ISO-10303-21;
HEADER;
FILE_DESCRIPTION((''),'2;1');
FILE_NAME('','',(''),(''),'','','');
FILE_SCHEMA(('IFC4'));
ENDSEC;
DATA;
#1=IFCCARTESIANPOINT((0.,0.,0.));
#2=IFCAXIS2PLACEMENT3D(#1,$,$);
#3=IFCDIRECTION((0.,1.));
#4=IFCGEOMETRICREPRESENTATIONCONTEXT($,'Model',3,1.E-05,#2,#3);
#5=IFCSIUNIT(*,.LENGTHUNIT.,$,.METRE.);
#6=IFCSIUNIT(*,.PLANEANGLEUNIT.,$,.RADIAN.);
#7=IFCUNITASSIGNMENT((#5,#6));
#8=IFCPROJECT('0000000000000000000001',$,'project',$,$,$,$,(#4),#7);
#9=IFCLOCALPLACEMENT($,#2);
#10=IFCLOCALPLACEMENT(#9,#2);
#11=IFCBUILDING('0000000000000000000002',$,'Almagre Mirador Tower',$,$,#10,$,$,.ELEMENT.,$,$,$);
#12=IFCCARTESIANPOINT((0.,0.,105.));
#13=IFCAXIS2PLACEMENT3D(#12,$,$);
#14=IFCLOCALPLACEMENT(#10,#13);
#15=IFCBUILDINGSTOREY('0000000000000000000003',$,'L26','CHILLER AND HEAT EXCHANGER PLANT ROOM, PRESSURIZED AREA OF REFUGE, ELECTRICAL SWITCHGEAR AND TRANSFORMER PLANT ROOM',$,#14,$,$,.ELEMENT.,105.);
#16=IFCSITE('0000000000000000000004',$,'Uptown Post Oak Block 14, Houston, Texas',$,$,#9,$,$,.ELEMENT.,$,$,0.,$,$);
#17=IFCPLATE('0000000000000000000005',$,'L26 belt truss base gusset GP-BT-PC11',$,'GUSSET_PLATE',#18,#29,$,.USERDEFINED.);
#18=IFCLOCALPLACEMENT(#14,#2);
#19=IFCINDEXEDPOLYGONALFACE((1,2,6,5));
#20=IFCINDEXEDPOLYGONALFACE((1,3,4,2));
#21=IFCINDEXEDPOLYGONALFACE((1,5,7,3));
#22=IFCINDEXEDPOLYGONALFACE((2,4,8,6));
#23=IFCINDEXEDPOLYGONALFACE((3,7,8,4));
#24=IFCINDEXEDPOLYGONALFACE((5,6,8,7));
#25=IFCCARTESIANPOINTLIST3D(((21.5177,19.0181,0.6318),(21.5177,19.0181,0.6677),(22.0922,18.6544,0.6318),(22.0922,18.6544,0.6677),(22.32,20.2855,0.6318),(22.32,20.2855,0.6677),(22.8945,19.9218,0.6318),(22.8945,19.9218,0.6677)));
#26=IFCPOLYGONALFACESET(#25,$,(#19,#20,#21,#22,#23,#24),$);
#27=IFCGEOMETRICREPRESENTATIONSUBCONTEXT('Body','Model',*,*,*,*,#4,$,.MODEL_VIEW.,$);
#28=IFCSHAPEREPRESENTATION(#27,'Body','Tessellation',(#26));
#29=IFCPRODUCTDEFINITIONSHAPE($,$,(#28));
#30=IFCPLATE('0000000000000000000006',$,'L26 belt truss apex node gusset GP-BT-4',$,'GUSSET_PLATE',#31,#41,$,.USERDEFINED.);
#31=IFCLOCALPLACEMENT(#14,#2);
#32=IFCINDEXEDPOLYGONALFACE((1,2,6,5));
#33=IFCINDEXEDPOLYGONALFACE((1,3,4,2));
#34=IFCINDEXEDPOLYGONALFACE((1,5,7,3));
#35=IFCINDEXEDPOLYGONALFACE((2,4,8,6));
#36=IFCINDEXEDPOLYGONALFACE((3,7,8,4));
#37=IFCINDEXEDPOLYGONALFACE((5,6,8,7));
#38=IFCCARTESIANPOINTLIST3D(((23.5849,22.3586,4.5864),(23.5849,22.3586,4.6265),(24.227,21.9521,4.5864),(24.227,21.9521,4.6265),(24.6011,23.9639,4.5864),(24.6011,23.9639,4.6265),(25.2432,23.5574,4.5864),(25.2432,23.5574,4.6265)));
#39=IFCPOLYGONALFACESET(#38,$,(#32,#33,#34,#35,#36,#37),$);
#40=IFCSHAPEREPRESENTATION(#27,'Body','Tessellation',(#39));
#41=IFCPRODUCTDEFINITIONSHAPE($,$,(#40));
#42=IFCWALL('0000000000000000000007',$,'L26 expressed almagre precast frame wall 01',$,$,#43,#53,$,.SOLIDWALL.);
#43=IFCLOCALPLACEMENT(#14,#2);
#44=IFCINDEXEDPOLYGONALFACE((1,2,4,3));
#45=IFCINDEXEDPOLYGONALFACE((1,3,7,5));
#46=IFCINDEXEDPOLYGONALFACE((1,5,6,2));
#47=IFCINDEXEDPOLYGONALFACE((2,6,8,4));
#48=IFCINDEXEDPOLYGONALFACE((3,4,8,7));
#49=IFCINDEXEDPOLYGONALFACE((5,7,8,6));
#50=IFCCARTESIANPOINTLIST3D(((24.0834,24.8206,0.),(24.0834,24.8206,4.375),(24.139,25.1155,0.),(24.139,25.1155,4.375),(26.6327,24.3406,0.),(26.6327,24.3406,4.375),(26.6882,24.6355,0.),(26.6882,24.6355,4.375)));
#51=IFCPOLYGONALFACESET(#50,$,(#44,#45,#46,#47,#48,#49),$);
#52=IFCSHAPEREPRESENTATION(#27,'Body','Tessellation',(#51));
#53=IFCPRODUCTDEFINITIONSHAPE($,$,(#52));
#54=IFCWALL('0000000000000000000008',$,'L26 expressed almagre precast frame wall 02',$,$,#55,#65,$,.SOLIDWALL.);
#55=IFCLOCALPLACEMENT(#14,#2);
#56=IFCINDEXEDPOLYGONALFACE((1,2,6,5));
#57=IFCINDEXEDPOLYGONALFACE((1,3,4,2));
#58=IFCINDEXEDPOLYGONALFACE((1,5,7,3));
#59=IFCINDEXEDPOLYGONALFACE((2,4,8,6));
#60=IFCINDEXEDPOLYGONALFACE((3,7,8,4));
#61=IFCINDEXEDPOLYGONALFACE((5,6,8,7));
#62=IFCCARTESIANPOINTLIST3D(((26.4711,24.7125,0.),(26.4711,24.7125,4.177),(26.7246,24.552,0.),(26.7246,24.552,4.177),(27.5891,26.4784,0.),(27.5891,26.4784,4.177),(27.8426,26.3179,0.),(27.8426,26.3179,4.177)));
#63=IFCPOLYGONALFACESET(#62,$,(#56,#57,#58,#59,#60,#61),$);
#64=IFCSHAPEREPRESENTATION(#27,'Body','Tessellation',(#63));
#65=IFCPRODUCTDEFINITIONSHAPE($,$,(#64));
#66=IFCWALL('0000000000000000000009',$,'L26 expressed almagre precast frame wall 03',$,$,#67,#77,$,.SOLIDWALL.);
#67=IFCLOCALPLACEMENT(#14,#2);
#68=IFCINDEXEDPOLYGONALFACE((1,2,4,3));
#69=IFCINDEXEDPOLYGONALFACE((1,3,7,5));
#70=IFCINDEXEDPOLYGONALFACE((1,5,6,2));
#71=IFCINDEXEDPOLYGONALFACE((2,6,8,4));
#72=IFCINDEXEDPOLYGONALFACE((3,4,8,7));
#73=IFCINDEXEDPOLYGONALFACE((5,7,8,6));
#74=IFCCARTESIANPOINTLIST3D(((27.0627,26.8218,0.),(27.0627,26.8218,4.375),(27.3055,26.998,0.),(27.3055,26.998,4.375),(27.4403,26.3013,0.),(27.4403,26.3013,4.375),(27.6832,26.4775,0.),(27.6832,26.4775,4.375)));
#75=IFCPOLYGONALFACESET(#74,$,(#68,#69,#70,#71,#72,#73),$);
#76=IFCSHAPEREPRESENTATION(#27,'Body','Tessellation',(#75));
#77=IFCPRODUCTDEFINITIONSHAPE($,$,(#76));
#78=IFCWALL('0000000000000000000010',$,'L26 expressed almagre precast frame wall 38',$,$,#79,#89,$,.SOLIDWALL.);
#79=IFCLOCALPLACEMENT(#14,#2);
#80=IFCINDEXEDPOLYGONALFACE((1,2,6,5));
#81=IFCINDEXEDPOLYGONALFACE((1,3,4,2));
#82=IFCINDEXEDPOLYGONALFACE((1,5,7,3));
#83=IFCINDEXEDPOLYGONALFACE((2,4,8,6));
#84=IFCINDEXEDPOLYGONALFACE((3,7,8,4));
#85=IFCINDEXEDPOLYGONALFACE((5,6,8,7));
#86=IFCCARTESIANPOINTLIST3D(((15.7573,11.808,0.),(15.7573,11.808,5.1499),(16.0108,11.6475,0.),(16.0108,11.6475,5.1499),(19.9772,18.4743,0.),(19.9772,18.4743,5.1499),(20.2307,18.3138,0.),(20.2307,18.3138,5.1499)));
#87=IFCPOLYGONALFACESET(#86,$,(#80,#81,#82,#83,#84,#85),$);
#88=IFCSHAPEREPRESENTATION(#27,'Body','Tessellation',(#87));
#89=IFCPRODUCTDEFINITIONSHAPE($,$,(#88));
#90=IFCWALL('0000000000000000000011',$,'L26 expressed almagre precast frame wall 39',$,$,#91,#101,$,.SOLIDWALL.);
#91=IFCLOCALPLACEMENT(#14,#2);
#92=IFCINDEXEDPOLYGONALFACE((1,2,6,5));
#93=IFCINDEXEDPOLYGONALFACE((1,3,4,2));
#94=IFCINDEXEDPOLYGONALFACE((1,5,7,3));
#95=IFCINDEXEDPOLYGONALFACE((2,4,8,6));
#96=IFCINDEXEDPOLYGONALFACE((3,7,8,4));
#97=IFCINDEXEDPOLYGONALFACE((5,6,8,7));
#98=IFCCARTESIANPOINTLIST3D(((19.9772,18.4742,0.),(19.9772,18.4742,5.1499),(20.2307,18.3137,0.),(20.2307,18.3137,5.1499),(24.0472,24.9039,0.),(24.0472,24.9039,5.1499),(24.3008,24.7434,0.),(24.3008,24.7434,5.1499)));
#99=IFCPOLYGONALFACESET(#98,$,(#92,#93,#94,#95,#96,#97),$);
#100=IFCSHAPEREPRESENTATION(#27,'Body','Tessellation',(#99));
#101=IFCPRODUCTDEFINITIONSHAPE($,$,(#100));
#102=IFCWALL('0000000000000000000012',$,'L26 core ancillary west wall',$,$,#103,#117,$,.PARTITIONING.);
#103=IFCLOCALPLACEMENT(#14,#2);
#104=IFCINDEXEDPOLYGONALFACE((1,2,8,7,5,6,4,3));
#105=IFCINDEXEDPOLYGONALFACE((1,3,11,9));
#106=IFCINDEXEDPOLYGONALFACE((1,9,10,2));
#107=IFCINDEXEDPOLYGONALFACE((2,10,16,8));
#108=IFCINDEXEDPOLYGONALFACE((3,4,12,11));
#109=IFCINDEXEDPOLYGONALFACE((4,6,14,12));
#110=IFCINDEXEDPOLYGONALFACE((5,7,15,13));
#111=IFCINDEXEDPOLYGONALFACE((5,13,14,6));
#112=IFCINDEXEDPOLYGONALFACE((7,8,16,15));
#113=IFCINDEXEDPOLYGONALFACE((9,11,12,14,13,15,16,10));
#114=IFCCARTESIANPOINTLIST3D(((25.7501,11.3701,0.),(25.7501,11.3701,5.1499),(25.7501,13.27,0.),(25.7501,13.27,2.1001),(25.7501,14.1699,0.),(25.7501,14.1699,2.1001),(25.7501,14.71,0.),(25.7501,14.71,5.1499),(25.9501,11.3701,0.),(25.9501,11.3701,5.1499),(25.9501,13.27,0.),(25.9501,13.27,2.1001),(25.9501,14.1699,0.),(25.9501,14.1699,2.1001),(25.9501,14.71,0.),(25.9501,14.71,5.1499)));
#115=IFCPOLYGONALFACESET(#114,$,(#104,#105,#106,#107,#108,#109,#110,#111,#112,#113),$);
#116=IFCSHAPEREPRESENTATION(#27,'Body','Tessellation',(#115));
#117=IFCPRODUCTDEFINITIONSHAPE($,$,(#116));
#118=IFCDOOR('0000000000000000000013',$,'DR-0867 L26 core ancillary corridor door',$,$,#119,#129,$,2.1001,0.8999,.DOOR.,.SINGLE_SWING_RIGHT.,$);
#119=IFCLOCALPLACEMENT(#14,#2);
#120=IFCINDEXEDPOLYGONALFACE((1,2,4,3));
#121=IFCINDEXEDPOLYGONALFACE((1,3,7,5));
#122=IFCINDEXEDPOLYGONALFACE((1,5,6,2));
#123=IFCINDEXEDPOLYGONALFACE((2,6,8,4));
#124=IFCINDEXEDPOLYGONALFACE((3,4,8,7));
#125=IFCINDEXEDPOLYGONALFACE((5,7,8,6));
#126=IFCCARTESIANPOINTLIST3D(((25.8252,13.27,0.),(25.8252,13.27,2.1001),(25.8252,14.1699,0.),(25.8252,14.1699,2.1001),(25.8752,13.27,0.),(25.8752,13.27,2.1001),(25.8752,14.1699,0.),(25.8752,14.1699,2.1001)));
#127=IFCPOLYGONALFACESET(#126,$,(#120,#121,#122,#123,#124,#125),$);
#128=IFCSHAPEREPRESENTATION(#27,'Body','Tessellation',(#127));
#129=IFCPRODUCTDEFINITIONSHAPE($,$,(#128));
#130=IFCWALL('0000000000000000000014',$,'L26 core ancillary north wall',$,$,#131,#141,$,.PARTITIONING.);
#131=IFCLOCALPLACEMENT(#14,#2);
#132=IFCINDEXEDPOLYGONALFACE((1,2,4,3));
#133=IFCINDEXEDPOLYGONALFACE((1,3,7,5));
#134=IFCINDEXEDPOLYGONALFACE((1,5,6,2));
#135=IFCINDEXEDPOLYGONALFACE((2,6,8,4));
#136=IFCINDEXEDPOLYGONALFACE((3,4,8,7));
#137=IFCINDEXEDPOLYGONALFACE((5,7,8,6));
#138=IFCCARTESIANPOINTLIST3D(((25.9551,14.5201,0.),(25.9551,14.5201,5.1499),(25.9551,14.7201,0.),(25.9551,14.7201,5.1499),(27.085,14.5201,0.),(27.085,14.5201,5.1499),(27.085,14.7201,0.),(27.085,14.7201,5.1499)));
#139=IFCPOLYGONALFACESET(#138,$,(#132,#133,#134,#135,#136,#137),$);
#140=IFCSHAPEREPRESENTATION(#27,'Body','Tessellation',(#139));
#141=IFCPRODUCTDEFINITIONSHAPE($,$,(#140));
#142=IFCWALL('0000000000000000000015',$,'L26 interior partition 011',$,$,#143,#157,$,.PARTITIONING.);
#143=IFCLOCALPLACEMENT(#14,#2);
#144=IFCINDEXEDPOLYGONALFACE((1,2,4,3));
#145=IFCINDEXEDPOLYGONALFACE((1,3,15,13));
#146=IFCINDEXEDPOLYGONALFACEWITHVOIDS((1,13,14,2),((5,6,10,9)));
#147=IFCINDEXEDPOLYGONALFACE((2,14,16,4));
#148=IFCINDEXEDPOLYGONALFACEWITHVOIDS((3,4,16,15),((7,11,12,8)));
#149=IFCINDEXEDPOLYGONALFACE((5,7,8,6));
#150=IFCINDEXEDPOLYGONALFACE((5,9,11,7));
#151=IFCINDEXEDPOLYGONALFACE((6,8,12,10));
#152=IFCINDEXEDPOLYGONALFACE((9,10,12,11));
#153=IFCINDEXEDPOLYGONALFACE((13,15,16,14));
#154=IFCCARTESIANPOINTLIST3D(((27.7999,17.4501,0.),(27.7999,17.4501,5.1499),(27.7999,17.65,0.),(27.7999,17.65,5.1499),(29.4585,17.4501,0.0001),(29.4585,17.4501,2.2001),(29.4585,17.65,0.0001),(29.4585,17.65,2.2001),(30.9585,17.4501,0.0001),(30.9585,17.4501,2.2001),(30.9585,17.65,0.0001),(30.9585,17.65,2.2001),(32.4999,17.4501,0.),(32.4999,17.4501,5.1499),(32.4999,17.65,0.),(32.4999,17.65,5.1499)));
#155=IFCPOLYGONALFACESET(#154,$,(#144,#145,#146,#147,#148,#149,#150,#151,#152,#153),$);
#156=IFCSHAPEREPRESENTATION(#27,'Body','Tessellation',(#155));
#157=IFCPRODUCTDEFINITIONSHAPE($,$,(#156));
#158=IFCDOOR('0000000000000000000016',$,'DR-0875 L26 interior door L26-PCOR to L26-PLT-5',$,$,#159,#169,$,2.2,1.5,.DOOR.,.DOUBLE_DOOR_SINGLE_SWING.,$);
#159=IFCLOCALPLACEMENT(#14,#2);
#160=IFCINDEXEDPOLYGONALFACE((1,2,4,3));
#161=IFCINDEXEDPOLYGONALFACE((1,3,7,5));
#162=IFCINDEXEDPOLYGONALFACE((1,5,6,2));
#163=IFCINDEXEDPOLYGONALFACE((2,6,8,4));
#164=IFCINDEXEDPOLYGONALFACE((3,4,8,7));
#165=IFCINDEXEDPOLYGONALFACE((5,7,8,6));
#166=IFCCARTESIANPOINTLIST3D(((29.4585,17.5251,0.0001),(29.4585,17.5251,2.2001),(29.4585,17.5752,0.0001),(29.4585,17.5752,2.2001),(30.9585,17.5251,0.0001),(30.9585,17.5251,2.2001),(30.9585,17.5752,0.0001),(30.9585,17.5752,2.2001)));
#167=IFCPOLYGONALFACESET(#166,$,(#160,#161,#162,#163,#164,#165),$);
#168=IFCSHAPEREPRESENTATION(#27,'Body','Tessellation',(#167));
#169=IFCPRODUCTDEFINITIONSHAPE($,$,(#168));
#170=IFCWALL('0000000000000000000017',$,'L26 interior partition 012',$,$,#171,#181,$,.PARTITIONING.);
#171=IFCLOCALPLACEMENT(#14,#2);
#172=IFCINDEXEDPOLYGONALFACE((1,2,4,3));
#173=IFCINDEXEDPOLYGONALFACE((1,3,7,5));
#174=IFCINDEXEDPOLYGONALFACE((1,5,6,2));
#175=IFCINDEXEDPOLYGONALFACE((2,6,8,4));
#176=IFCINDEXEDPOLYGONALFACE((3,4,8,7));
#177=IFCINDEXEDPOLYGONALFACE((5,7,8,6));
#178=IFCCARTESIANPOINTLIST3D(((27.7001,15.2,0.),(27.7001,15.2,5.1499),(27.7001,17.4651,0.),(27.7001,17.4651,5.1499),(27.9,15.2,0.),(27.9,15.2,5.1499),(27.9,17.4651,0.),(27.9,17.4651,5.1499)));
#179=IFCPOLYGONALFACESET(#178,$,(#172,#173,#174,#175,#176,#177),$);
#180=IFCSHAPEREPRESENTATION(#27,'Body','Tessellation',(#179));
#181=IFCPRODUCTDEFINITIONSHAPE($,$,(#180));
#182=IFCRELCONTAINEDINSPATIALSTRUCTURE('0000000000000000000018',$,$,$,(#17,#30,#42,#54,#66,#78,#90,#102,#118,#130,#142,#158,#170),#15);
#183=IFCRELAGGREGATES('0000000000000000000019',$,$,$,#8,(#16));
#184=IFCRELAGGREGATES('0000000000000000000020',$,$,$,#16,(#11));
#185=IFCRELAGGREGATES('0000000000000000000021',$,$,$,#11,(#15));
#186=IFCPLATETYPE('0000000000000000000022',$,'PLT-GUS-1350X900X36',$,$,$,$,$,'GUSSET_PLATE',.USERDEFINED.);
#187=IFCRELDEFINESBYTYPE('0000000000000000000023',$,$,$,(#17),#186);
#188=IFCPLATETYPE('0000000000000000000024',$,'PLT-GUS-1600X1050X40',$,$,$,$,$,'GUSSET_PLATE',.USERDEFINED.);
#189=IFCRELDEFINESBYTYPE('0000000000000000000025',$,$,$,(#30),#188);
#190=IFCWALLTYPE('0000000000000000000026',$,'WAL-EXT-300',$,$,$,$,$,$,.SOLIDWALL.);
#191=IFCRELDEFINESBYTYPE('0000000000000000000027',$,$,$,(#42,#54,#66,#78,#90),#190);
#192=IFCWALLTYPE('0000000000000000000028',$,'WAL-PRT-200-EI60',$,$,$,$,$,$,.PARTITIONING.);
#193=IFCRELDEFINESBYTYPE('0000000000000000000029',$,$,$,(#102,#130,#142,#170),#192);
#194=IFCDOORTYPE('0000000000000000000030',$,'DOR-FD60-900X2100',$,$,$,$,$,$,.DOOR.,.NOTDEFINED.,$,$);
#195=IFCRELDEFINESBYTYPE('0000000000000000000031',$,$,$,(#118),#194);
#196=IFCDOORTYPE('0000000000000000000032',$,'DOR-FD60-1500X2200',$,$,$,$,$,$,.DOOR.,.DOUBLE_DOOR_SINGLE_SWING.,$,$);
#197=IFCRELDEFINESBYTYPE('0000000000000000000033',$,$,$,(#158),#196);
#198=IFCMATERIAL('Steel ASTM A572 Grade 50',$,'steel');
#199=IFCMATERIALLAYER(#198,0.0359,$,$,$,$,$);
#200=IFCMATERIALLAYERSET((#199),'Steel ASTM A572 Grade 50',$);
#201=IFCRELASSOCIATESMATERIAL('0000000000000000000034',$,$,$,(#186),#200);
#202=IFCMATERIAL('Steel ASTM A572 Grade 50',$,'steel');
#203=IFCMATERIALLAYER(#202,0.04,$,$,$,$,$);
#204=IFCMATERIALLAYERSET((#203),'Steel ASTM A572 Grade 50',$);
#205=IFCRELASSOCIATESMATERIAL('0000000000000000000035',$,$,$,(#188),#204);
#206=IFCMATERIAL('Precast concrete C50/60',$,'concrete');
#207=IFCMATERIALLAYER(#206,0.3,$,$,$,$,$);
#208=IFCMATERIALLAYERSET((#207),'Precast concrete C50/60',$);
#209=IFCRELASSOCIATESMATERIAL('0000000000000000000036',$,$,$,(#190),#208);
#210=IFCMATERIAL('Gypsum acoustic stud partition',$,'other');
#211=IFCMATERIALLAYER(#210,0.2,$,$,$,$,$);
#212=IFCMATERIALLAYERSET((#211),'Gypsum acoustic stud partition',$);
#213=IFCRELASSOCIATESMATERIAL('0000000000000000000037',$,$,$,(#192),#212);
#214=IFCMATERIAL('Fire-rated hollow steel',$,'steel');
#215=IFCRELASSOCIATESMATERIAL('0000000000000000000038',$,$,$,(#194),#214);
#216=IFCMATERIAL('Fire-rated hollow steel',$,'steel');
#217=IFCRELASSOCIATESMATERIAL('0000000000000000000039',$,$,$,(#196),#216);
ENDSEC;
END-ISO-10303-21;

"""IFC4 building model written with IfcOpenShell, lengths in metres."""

from ifc_helpers import new_model, si_unit, direction, frame, frame_2d, origin, origin_2d, place, context, subcontext, project, spatial, rectangle, extrude, material, layer, layer_set, type_object, element, fill, save


model = new_model("IFC4")

# Units and contexts
model_context = context("Model", 3, precision=1e-05, world=origin(), true_north=direction((0.0, 1.0)))
body_context = subcontext(model_context, "Body", "Model", "MODEL_VIEW")
ifc_project = project(units=[si_unit("LENGTHUNIT", "METRE"), si_unit("PLANEANGLEUNIT", "RADIAN")], contexts=[model_context])

# Site, building, storey
site_placement = place(None, origin())
site = spatial("IfcSite", under=ifc_project, at=site_placement, Name="Uptown Post Oak Block 14, Houston, Texas", CompositionType="ELEMENT", RefElevation=0.0)
building_placement = place(site_placement, origin())
building = spatial("IfcBuilding", under=site, at=building_placement, Name="Almagre Mirador Tower", CompositionType="ELEMENT")
storey_placement = place(building_placement, frame((0.0, 0.0, 105.0)))
storey = spatial("IfcBuildingStorey", under=building, at=storey_placement, Name="L26", Description="CHILLER AND HEAT EXCHANGER PLANT ROOM, PRESSURIZED AREA OF REFUGE, ELECTRICAL SWITCHGEAR AND TRANSFORMER PLANT ROOM", CompositionType="ELEMENT", Elevation=105.0)

# Plates
ifc_material_1 = material(Name="Steel ASTM A572 Grade 50", Category="steel")
ifc_layer_1 = layer(ifc_material_1, 0.0359)
ifc_layer_set_1 = layer_set([ifc_layer_1], Name="Steel ASTM A572 Grade 50")
plate_type_1 = type_object("IfcPlateType", Name="PLT-GUS-1350X900X36", ElementType="GUSSET_PLATE", PredefinedType="USERDEFINED", material=ifc_layer_set_1)
plate_1_placement = place(storey_placement, frame((22.2061, 19.47, 0.6318), z_axis=(0.0, 0.0, 1.0), x_axis=(-0.534869, -0.844935, 0.0)))
element("IfcPlate", 1, at=plate_1_placement, inside=storey, type_object=plate_type_1, Name="L26 belt truss base gusset GP-BT-PC11", ObjectType="GUSSET_PLATE", PredefinedType="USERDEFINED", context=body_context, shape_type="SweptSolid", body=[
    extrude(rectangle(XDim=1.5, YDim=0.6799, at=origin_2d()), origin(), (0.0, 0.0, 1.0), 0.0359),
])
ifc_material_2 = material(Name="Steel ASTM A572 Grade 50", Category="steel")
ifc_layer_2 = layer(ifc_material_2, 0.04)
ifc_layer_set_2 = layer_set([ifc_layer_2], Name="Steel ASTM A572 Grade 50")
plate_type_2 = type_object("IfcPlateType", Name="PLT-GUS-1600X1050X40", ElementType="GUSSET_PLATE", PredefinedType="USERDEFINED", material=ifc_layer_set_2)
plate_2_placement = place(storey_placement, frame((24.4141, 22.958, 4.5864), z_axis=(0.0, 0.0, 1.0), x_axis=(-0.534869, -0.844935, 0.0)))
element("IfcPlate", 2, at=plate_2_placement, inside=storey, type_object=plate_type_2, Name="L26 belt truss apex node gusset GP-BT-4", ObjectType="GUSSET_PLATE", PredefinedType="USERDEFINED", context=body_context, shape_type="SweptSolid", body=[
    extrude(rectangle(XDim=1.8999, YDim=0.76, at=origin_2d()), origin(), (0.0, 0.0, 1.0), 0.04),
])

# Walls
ifc_material_3 = material(Name="Precast concrete C50/60", Category="concrete")
ifc_layer_3 = layer(ifc_material_3, 0.3)
ifc_layer_set_3 = layer_set([ifc_layer_3], Name="Precast concrete C50/60")
wall_type_1 = type_object("IfcWallType", Name="WAL-EXT-300", PredefinedType="SOLIDWALL", material=ifc_layer_set_3)
wall_1_placement = place(storey_placement, frame((24.1113, 24.968, 0.0), z_axis=(0.0, 0.0, 1.0), x_axis=(0.982733, -0.185027, 0.0)))
element("IfcWall", 3, at=wall_1_placement, inside=storey, type_object=wall_type_1, Name="L26 expressed almagre precast frame wall 01", PredefinedType="SOLIDWALL", context=body_context, shape_type="SweptSolid", body=[
    extrude(rectangle(XDim=2.594, YDim=0.3, at=frame_2d((1.2969, 0.0))), origin(), (0.0, 0.0, 1.0), 4.375),
])
wall_2_placement = place(storey_placement, frame((26.5979, 24.6323, 0.0), z_axis=(0.0, 0.0, 1.0), x_axis=(0.534894, 0.844919, 0.0)))
element("IfcWall", 4, at=wall_2_placement, inside=storey, type_object=wall_type_1, Name="L26 expressed almagre precast frame wall 02", PredefinedType="SOLIDWALL", context=body_context, shape_type="SweptSolid", body=[
    extrude(rectangle(XDim=2.0901, YDim=0.3, at=frame_2d((1.0449, 0.0))), origin(), (0.0, 0.0, 1.0), 4.177),
])
wall_3_placement = place(storey_placement, frame((27.5618, 26.3894, 0.0), z_axis=(0.0, 0.0, 1.0), x_axis=(-0.587291, 0.809376, 0.0)))
element("IfcWall", 5, at=wall_3_placement, inside=storey, type_object=wall_type_1, Name="L26 expressed almagre precast frame wall 03", PredefinedType="SOLIDWALL", context=body_context, shape_type="SweptSolid", body=[
    extrude(rectangle(XDim=0.6431, YDim=0.3, at=frame_2d((0.3215, 0.0))), origin(), (0.0, 0.0, 1.0), 4.375),
])
wall_4_placement = place(storey_placement, frame((15.884, 11.7278, 0.0), z_axis=(0.0, 0.0, 1.0), x_axis=(0.534872, 0.844933, 0.0)))
element("IfcWall", 6, at=wall_4_placement, inside=storey, type_object=wall_type_1, Name="L26 expressed almagre precast frame wall 38", PredefinedType="SOLIDWALL", context=body_context, shape_type="SweptSolid", body=[
    extrude(rectangle(XDim=7.8896, YDim=0.3, at=frame_2d((3.9448, 0.0))), origin(), (0.0, 0.0, 1.0), 5.1499),
])
wall_5_placement = place(storey_placement, frame((20.104, 18.394, 0.0), z_axis=(0.0, 0.0, 1.0), x_axis=(0.534858, 0.844942, 0.0)))
element("IfcWall", 7, at=wall_5_placement, inside=storey, type_object=wall_type_1, Name="L26 expressed almagre precast frame wall 39", PredefinedType="SOLIDWALL", context=body_context, shape_type="SweptSolid", body=[
    extrude(rectangle(XDim=7.6096, YDim=0.3, at=frame_2d((3.8047, 0.0))), origin(), (0.0, 0.0, 1.0), 5.1499),
])

# Wall, opening, door
ifc_material_4 = material(Name="Gypsum acoustic stud partition", Category="other")
ifc_layer_4 = layer(ifc_material_4, 0.2)
ifc_layer_set_4 = layer_set([ifc_layer_4], Name="Gypsum acoustic stud partition")
wall_type_2 = type_object("IfcWallType", Name="WAL-PRT-200-EI60", PredefinedType="PARTITIONING", material=ifc_layer_set_4)
wall_6_placement = place(storey_placement, frame((25.8501, 11.3701, 0.0), z_axis=(0.0, 0.0, 1.0), x_axis=(0.0, 1.0, 0.0)))
wall_6 = element("IfcWall", 8, at=wall_6_placement, inside=storey, type_object=wall_type_2, Name="L26 core ancillary west wall", PredefinedType="PARTITIONING", context=body_context, shape_type="SweptSolid", body=[
    extrude(rectangle(XDim=3.3398, YDim=0.2, at=frame_2d((1.6699, 0.0))), origin(), (0.0, 0.0, 1.0), 5.1499),
])
opening_1_placement = place(wall_6_placement, frame((1.8999, 0.0, 0.0)))
opening_1 = element("IfcOpeningElement", 9, at=opening_1_placement, cuts=wall_6, PredefinedType="OPENING", context=body_context, shape_type="SweptSolid", body=[
    extrude(rectangle(XDim=0.8999, YDim=2.1001, at=frame_2d((0.45, 1.05))), frame((0.0, 0.1101, 0.0), z_axis=(0.0, -1.0, 0.0), x_axis=(1.0, 0.0, 0.0)), (0.0, 0.0, 1.0), 0.22),
])
ifc_material_5 = material(Name="Fire-rated hollow steel", Category="steel")
door_type_1 = type_object("IfcDoorType", Name="DOR-FD60-900X2100", OperationType="NOTDEFINED", PredefinedType="DOOR", material=ifc_material_5)
door_1_placement = place(opening_1_placement, origin())
door_1 = element("IfcDoor", 10, at=door_1_placement, inside=storey, type_object=door_type_1, Name="DR-0867 L26 core ancillary corridor door", OperationType="SINGLE_SWING_RIGHT", OverallHeight=2.1001, OverallWidth=0.8999, PredefinedType="DOOR", context=body_context, shape_type="SweptSolid", body=[
    extrude(rectangle(XDim=0.8999, YDim=2.1001, at=frame_2d((0.45, 1.05))), frame((0.0, 0.0249, 0.0), z_axis=(0.0, -1.0, 0.0), x_axis=(1.0, 0.0, 0.0)), (0.0, 0.0, 1.0), 0.05),
])
fill(opening_1, door_1)

# Wall
wall_7_placement = place(storey_placement, frame((25.9551, 14.6201, 0.0), z_axis=(0.0, 0.0, 1.0), x_axis=(1.0, 0.0, 0.0)))
element("IfcWall", 11, at=wall_7_placement, inside=storey, type_object=wall_type_2, Name="L26 core ancillary north wall", PredefinedType="PARTITIONING", context=body_context, shape_type="SweptSolid", body=[
    extrude(rectangle(XDim=1.1299, YDim=0.2, at=frame_2d((0.5649, 0.0))), origin(), (0.0, 0.0, 1.0), 5.1499),
])

# Wall, opening, door
wall_8_placement = place(storey_placement, frame((32.5, 17.55, 0.0), z_axis=(0.0, 0.0, 1.0), x_axis=(-1.0, 0.0, 0.0)))
wall_8 = element("IfcWall", 12, at=wall_8_placement, inside=storey, type_object=wall_type_2, Name="L26 interior partition 011", PredefinedType="PARTITIONING", context=body_context, shape_type="SweptSolid", body=[
    extrude(rectangle(XDim=4.7, YDim=0.2, at=frame_2d((2.3501, 0.0))), origin(), (0.0, 0.0, 1.0), 5.1499),
])
opening_2_placement = place(wall_8_placement, frame((1.5415, 0.0, 0.0)))
opening_2 = element("IfcOpeningElement", 13, at=opening_2_placement, cuts=wall_8, PredefinedType="OPENING", context=body_context, shape_type="SweptSolid", body=[
    extrude(rectangle(XDim=1.5, YDim=2.2, at=frame_2d((0.75, 1.1001))), frame((0.0, 0.1101, 0.0), z_axis=(0.0, -1.0, 0.0), x_axis=(1.0, 0.0, 0.0)), (0.0, 0.0, 1.0), 0.22),
])
ifc_material_6 = material(Name="Fire-rated hollow steel", Category="steel")
door_type_2 = type_object("IfcDoorType", Name="DOR-FD60-1500X2200", OperationType="DOUBLE_DOOR_SINGLE_SWING", PredefinedType="DOOR", material=ifc_material_6)
door_2_placement = place(opening_2_placement, origin())
door_2 = element("IfcDoor", 14, at=door_2_placement, inside=storey, type_object=door_type_2, Name="DR-0875 L26 interior door L26-PCOR to L26-PLT-5", OperationType="DOUBLE_DOOR_SINGLE_SWING", OverallHeight=2.2, OverallWidth=1.5, PredefinedType="DOOR", context=body_context, shape_type="SweptSolid", body=[
    extrude(rectangle(XDim=1.5, YDim=2.2, at=frame_2d((0.75, 1.1001))), frame((0.0, 0.0249, 0.0), z_axis=(0.0, -1.0, 0.0), x_axis=(1.0, 0.0, 0.0)), (0.0, 0.0, 1.0), 0.05),
])
fill(opening_2, door_2)

# Wall
wall_9_placement = place(storey_placement, frame((27.8, 17.4651, 0.0), z_axis=(0.0, 0.0, 1.0), x_axis=(0.0, -1.0, 0.0)))
element("IfcWall", 15, at=wall_9_placement, inside=storey, type_object=wall_type_2, Name="L26 interior partition 012", PredefinedType="PARTITIONING", context=body_context, shape_type="SweptSolid", body=[
    extrude(rectangle(XDim=2.2651, YDim=0.2, at=frame_2d((1.1326, 0.0))), origin(), (0.0, 0.0, 1.0), 5.1499),
])

save(model, "model.ifc")
